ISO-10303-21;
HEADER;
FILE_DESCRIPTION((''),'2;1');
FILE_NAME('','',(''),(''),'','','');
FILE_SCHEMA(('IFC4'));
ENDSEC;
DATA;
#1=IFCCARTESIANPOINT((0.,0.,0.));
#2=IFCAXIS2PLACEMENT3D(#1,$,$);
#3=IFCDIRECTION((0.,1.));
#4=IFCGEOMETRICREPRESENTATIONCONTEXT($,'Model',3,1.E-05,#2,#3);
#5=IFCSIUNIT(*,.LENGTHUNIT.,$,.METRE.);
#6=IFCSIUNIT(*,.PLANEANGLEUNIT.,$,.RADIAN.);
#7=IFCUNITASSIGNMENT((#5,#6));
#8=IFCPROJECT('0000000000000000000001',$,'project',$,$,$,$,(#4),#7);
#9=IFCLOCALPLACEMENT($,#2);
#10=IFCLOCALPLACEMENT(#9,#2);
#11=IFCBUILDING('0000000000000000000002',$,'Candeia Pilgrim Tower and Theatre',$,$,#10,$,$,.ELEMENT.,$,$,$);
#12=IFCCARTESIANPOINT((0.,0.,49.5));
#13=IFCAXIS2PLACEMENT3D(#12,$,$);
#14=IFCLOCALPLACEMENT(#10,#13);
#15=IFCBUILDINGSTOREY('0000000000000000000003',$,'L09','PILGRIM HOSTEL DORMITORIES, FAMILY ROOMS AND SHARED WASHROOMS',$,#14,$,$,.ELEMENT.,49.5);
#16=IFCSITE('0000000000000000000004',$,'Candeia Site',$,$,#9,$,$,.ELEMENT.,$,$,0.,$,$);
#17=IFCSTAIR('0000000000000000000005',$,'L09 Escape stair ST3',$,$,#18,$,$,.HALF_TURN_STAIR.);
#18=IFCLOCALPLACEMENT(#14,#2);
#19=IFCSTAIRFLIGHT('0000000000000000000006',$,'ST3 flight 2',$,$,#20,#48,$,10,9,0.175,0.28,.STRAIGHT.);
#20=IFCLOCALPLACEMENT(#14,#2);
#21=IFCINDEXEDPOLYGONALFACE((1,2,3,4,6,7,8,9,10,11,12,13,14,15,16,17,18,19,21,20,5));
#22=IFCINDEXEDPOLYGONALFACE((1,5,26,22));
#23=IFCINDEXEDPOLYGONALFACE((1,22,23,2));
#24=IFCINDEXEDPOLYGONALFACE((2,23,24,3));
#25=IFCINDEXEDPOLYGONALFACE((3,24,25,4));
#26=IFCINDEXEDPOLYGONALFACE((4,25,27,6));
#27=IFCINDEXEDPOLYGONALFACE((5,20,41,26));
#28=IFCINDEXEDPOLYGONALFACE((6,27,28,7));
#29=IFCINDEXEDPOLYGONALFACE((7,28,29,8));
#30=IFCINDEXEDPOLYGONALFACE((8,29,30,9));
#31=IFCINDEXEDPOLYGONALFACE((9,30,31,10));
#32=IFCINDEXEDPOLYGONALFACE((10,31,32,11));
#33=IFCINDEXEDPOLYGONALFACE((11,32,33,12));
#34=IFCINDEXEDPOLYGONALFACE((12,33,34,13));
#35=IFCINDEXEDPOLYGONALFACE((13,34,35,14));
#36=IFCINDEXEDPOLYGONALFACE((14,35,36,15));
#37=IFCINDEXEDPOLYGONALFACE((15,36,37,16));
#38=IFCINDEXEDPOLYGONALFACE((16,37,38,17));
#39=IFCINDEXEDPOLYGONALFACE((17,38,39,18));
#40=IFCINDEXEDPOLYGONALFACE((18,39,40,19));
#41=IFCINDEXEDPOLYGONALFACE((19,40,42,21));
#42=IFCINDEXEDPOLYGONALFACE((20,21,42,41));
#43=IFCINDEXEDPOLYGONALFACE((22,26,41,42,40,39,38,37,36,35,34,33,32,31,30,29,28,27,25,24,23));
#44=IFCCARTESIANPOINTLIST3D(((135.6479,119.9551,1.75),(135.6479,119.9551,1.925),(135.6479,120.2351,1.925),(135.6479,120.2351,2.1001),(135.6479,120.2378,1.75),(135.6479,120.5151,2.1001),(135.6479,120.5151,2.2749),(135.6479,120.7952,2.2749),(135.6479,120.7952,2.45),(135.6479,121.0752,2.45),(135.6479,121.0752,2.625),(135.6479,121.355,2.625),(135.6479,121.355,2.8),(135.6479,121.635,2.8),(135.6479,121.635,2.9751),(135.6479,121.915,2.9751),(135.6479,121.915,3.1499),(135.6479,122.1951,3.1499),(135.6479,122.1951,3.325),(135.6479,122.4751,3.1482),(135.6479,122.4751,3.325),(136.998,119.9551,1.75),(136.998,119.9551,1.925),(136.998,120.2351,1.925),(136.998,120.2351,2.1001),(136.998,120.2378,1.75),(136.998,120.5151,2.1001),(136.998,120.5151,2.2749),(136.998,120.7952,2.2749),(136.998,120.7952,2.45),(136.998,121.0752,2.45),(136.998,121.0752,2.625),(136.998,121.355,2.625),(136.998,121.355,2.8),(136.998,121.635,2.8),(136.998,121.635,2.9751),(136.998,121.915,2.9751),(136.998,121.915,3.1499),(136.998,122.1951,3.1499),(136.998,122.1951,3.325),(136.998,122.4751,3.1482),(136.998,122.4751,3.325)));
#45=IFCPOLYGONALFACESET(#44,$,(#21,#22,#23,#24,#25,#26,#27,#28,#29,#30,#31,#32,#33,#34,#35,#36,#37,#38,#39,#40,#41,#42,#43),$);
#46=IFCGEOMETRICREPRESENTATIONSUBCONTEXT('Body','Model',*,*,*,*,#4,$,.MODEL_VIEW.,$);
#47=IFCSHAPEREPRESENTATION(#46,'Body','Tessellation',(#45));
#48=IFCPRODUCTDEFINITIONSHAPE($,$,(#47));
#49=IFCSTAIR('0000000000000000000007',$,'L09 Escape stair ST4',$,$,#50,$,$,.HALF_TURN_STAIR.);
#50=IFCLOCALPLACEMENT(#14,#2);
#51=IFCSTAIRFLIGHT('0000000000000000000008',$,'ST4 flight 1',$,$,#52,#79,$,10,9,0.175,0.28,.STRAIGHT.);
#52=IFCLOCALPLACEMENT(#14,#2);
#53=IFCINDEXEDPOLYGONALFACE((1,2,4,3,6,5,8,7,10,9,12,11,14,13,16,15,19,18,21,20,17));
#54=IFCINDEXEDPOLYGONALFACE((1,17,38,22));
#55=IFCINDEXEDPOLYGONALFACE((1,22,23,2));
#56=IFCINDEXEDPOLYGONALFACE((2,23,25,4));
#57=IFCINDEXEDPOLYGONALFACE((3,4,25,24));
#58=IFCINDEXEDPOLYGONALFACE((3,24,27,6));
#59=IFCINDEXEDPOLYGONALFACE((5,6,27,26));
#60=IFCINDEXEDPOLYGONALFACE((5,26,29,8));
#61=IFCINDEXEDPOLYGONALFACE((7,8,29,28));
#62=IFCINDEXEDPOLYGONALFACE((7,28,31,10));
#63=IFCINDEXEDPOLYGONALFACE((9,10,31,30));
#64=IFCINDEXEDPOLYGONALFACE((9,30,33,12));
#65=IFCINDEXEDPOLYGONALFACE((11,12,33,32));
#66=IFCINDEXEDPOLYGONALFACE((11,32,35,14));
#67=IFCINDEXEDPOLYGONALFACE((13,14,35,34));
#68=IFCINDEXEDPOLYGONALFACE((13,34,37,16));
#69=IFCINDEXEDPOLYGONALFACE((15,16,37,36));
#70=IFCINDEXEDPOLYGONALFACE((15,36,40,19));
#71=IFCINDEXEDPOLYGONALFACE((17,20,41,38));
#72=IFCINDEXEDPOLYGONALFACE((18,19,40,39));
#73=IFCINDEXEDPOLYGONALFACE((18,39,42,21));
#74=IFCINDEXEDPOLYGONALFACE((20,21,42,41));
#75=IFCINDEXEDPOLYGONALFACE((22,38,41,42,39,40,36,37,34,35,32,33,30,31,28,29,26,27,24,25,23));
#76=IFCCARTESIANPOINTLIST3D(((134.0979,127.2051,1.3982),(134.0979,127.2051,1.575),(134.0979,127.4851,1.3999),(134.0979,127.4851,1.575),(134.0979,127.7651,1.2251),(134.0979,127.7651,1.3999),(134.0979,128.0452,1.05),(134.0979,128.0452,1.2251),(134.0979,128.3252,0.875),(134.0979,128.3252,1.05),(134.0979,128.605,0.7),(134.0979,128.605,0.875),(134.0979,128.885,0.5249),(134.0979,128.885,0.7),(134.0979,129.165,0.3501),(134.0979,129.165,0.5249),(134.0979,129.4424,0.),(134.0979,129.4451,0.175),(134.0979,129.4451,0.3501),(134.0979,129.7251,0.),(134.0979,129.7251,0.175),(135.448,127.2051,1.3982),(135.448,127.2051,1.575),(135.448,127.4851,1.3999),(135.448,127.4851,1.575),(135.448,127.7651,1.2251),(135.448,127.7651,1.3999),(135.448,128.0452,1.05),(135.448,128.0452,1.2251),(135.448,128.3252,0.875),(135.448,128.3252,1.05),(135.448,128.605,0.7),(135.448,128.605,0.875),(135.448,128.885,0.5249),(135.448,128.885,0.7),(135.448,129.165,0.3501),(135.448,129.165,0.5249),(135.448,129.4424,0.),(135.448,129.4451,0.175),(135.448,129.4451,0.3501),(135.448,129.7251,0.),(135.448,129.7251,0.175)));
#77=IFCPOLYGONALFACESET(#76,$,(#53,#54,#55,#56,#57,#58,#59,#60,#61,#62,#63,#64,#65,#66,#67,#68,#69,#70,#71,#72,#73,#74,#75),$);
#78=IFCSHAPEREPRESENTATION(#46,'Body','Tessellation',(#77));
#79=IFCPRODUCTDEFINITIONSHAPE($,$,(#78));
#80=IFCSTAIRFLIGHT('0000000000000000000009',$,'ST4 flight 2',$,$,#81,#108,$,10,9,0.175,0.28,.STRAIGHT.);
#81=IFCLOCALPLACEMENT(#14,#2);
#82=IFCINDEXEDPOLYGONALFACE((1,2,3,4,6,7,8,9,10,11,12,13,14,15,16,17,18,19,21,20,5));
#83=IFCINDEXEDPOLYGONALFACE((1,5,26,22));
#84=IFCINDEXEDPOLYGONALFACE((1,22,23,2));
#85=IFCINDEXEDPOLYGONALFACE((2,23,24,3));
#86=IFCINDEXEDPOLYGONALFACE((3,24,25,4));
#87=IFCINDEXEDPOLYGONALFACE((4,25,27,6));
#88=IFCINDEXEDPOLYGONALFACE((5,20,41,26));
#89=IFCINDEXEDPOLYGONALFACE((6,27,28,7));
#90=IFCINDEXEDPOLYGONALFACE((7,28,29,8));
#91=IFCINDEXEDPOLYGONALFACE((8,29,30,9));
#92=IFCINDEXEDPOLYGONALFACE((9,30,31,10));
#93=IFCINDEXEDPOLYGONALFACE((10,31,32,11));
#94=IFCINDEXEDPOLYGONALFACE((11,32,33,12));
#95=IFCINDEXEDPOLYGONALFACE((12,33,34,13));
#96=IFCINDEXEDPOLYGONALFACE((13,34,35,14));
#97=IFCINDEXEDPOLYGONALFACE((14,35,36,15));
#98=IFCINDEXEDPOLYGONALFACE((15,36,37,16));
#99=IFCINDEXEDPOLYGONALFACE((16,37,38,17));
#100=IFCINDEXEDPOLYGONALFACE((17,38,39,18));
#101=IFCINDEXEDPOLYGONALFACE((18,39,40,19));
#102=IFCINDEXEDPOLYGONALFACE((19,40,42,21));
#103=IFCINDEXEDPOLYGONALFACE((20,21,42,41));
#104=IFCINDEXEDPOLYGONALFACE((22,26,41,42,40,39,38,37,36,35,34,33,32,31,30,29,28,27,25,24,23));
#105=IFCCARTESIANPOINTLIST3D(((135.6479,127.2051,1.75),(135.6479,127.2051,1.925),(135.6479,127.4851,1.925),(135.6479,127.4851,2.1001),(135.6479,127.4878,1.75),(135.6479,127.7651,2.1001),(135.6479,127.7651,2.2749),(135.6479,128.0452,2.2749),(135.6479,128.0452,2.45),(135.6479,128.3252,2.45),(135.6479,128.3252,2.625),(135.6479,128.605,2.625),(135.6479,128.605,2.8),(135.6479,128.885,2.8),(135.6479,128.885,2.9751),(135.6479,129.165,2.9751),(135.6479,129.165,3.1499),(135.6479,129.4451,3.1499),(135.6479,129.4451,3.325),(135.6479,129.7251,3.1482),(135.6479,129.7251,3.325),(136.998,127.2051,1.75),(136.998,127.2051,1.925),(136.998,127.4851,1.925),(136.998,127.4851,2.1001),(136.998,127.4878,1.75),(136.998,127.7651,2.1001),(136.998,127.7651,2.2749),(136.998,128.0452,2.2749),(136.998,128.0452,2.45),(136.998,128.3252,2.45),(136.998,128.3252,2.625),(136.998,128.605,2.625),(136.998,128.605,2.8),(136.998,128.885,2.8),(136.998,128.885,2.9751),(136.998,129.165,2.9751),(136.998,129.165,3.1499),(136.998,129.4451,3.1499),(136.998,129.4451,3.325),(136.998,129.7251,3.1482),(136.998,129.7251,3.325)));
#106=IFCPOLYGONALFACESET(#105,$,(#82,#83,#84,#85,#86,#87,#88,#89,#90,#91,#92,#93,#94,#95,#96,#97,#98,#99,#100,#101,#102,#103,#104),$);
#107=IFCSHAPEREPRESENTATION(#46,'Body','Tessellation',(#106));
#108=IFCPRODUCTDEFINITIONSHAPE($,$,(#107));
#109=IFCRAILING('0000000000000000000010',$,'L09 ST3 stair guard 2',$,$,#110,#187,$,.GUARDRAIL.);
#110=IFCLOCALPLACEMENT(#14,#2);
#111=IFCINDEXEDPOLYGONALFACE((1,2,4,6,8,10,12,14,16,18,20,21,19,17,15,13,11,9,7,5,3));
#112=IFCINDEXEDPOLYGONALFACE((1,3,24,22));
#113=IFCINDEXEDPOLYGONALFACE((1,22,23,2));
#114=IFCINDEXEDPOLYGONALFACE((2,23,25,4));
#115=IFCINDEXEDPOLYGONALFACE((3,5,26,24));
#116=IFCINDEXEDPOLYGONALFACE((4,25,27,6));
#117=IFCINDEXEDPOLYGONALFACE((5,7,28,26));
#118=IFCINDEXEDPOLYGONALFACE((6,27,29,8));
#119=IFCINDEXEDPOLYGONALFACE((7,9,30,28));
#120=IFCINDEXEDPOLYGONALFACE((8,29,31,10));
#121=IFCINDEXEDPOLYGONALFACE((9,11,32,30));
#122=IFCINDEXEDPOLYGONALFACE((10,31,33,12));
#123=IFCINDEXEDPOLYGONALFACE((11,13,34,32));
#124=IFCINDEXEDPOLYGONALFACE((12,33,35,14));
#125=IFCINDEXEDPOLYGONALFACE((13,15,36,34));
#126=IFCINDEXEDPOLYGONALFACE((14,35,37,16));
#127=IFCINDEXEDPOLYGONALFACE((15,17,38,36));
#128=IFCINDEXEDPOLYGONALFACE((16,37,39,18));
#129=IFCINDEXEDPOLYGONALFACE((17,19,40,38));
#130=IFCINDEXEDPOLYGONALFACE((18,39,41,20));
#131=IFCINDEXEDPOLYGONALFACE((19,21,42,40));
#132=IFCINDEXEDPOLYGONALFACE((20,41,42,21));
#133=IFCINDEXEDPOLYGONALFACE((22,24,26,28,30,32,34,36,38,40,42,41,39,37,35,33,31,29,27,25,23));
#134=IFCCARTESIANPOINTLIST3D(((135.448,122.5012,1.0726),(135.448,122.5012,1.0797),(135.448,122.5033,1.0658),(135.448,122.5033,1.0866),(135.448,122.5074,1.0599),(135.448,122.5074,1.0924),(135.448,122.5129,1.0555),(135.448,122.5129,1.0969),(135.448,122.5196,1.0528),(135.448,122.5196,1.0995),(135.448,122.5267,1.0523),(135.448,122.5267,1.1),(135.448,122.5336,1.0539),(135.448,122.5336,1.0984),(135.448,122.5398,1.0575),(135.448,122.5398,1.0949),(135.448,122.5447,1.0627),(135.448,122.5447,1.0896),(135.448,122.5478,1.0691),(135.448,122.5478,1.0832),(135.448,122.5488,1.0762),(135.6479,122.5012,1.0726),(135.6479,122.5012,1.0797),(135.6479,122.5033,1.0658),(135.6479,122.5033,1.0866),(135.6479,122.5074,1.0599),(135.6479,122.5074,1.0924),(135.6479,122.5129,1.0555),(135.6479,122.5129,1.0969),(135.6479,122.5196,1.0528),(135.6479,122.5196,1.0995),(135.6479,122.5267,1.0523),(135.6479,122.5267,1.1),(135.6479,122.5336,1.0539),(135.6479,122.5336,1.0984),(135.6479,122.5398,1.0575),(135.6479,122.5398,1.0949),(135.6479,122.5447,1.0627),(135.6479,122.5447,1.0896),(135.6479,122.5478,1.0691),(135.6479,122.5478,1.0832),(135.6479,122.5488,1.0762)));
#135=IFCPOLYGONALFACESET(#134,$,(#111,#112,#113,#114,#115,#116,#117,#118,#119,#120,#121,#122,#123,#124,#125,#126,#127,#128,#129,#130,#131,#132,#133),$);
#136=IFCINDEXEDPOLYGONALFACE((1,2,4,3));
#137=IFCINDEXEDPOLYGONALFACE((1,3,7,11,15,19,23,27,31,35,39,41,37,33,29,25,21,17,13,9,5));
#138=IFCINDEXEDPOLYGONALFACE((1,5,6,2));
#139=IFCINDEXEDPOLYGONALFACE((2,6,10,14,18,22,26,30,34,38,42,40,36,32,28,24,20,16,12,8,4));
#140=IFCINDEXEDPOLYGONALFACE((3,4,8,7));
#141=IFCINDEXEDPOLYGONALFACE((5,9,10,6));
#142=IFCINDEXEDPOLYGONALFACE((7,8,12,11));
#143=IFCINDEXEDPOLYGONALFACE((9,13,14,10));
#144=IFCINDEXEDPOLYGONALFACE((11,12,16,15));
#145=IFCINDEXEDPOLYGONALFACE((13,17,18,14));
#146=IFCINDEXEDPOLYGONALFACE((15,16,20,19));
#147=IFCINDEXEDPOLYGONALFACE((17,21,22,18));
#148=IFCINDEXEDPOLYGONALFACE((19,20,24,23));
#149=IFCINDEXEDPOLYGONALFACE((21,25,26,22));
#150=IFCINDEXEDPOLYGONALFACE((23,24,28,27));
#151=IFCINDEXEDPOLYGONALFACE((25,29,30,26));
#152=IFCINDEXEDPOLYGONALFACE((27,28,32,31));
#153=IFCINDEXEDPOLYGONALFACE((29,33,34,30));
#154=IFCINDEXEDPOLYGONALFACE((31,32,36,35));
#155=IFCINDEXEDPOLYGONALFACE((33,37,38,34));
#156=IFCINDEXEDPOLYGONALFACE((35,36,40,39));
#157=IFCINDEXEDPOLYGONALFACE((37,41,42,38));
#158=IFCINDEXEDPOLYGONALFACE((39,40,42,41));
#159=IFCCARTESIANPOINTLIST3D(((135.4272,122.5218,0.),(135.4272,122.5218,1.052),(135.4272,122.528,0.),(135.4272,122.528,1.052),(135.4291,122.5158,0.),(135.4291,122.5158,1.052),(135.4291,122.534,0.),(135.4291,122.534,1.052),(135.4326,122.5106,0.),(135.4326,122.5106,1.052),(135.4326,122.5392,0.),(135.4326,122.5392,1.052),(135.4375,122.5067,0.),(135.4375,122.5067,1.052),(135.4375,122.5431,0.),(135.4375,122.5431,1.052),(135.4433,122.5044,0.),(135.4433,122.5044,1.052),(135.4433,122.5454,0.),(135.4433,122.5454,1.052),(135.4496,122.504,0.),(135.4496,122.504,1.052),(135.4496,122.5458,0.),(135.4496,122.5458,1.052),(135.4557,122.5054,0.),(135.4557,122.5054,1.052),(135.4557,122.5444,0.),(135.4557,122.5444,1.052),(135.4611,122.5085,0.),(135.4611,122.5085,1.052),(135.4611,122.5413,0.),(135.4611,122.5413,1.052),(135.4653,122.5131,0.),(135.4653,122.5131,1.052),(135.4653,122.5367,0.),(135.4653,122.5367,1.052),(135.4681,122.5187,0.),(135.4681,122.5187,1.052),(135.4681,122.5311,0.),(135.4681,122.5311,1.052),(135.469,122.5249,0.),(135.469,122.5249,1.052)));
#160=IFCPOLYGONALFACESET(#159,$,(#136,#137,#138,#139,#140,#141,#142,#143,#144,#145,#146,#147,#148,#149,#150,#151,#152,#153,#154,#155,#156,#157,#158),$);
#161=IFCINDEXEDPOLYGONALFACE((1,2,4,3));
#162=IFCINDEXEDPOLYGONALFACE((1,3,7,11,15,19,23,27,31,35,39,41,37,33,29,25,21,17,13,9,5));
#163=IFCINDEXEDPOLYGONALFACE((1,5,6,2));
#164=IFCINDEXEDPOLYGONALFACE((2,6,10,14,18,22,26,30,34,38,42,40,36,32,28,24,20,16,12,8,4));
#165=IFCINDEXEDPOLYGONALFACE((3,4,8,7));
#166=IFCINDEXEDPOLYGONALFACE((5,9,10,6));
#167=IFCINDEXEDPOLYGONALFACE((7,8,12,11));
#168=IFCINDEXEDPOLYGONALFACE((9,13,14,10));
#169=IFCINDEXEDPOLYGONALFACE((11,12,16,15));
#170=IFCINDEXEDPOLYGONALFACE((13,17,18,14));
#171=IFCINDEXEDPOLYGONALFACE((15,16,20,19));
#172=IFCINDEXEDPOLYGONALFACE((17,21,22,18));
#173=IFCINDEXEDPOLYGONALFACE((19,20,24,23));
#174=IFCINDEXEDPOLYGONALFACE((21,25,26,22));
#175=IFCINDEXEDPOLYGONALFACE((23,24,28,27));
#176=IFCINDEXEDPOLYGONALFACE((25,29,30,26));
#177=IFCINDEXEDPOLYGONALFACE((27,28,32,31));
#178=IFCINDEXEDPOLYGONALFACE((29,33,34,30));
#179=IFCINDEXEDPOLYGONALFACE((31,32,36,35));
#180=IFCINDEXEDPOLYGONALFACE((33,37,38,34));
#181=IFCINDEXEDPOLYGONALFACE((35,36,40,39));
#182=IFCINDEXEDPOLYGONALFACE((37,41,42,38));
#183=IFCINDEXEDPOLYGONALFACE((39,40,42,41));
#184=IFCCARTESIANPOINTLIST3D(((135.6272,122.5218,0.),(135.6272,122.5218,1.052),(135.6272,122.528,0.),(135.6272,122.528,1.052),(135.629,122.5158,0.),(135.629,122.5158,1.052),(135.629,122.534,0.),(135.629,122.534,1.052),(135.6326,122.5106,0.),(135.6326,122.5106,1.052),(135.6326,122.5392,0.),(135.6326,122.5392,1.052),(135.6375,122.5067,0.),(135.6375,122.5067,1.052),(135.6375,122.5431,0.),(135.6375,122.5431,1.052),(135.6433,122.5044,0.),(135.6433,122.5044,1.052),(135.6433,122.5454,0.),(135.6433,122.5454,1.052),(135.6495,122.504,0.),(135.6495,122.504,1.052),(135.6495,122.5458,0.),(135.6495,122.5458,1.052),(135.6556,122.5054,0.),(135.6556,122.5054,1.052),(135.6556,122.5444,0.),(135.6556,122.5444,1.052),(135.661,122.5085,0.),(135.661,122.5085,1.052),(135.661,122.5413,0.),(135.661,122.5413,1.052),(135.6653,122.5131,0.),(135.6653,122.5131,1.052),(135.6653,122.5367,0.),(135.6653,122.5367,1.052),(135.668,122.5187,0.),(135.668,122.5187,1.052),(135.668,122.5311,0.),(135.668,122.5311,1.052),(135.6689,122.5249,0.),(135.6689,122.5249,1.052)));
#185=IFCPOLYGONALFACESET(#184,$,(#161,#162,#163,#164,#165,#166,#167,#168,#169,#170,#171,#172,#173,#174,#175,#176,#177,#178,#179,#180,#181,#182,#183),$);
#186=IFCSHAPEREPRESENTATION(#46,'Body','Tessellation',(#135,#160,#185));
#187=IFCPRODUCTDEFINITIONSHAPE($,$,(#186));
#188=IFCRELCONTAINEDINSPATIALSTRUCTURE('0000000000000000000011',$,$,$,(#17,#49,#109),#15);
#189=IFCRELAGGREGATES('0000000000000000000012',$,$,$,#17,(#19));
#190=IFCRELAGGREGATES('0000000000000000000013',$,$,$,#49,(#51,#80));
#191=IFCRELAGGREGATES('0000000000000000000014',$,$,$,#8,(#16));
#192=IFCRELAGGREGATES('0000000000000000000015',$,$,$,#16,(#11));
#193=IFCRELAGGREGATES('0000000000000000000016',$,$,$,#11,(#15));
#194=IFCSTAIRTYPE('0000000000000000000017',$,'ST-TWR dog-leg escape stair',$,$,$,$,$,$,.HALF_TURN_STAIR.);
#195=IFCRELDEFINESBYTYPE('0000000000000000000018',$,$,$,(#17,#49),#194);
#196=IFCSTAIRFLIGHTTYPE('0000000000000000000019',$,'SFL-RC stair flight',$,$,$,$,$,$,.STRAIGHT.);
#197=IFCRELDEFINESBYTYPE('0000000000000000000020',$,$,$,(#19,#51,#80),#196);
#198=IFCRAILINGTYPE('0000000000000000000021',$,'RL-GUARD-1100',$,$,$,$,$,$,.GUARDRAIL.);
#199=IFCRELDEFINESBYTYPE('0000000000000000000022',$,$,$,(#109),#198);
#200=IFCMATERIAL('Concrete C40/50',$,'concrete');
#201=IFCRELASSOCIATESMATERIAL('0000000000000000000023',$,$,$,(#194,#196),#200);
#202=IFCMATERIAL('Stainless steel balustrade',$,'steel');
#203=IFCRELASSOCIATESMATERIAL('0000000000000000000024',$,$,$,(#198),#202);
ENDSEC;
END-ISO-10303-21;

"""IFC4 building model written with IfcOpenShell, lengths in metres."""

from ifc_helpers import new_model, si_unit, direction, frame, origin, origin_2d, place, context, subcontext, project, spatial, polyline, circle, outline, extrude, material, type_object, element, aggregate, save


model = new_model("IFC4")

# Units and contexts
model_context = context("Model", 3, precision=1e-05, world=origin(), true_north=direction((0.0, 1.0)))
body_context = subcontext(model_context, "Body", "Model", "MODEL_VIEW")
ifc_project = project(units=[si_unit("LENGTHUNIT", "METRE"), si_unit("PLANEANGLEUNIT", "RADIAN")], contexts=[model_context])

# Site, building, storey
site_placement = place(None, origin())
site = spatial("IfcSite", under=ifc_project, at=site_placement, Name="Candeia Site", CompositionType="ELEMENT", RefElevation=0.0)
building_placement = place(site_placement, origin())
building = spatial("IfcBuilding", under=site, at=building_placement, Name="Candeia Pilgrim Tower and Theatre", CompositionType="ELEMENT")
storey_placement = place(building_placement, frame((0.0, 0.0, 49.5)))
storey = spatial("IfcBuildingStorey", under=building, at=storey_placement, Name="L09", Description="PILGRIM HOSTEL DORMITORIES, FAMILY ROOMS AND SHARED WASHROOMS", CompositionType="ELEMENT", Elevation=49.5)

# Shared definitions
ifc_material_1 = material(Name="Concrete C40/50", Category="concrete")

# Stairs, stair flights
stair_type = type_object("IfcStairType", Name="ST-TWR dog-leg escape stair", PredefinedType="HALF_TURN_STAIR", material=ifc_material_1)
stair_1_placement = place(storey_placement, origin())
stair_1 = element("IfcStair", 1, at=stair_1_placement, inside=storey, type_object=stair_type, Name="L09 Escape stair ST3", PredefinedType="HALF_TURN_STAIR")
stair_flight_type = type_object("IfcStairFlightType", Name="SFL-RC stair flight", PredefinedType="STRAIGHT", material=ifc_material_1)
stair_flight_1_placement = place(storey_placement, frame((136.323, 119.9551, 1.75), z_axis=(0.0, 0.0, 1.0), x_axis=(0.0, 1.0, 0.0)))
stair_flight_1 = element("IfcStairFlight", 2, at=stair_flight_1_placement, type_object=stair_flight_type, Name="ST3 flight 2", NumberOfRisers=10, NumberOfTreads=9, PredefinedType="STRAIGHT", RiserHeight=0.175, TreadLength=0.28, context=body_context, shape_type="SweptSolid", body=[
    extrude(outline(polyline([(0.0, 0.0), (0.0, 0.175), (0.28, 0.175), (0.28, 0.3501), (0.5601, 0.3501), (0.5601, 0.5249), (0.8401, 0.5249), (0.8401, 0.7), (1.1201, 0.7), (1.1201, 0.875), (1.3999, 0.875), (1.3999, 1.05), (1.6799, 1.05), (1.6799, 1.2251), (1.96, 1.2251), (1.96, 1.3999), (2.24, 1.3999), (2.24, 1.575), (2.52, 1.575), (2.52, 1.75), (2.52, 1.3982), (0.2827, 0.0), (0.0, 0.0)])), frame((0.0, 0.675, 0.0), z_axis=(0.0, -1.0, 0.0), x_axis=(1.0, 0.0, 0.0)), (0.0, 0.0, 1.0), 1.3501),
])
aggregate(stair_1, [stair_flight_1])
stair_2_placement = place(storey_placement, origin())
stair_2 = element("IfcStair", 3, at=stair_2_placement, inside=storey, type_object=stair_type, Name="L09 Escape stair ST4", PredefinedType="HALF_TURN_STAIR")
stair_flight_2_placement = place(storey_placement, frame((134.7729, 129.7251, 0.0), z_axis=(0.0, 0.0, 1.0), x_axis=(0.0, -1.0, 0.0)))
stair_flight_2 = element("IfcStairFlight", 4, at=stair_flight_2_placement, type_object=stair_flight_type, Name="ST4 flight 1", NumberOfRisers=10, NumberOfTreads=9, PredefinedType="STRAIGHT", RiserHeight=0.175, TreadLength=0.28, context=body_context, shape_type="SweptSolid", body=[
    extrude(outline(polyline([(0.0, 0.0), (0.0, 0.175), (0.28, 0.175), (0.28, 0.3501), (0.5601, 0.3501), (0.5601, 0.5249), (0.8401, 0.5249), (0.8401, 0.7), (1.1201, 0.7), (1.1201, 0.875), (1.3999, 0.875), (1.3999, 1.05), (1.6799, 1.05), (1.6799, 1.2251), (1.96, 1.2251), (1.96, 1.3999), (2.24, 1.3999), (2.24, 1.575), (2.52, 1.575), (2.52, 1.75), (2.52, 1.3982), (0.2827, 0.0), (0.0, 0.0)])), frame((0.0, 0.675, 0.0), z_axis=(0.0, -1.0, 0.0), x_axis=(1.0, 0.0, 0.0)), (0.0, 0.0, 1.0), 1.3501),
])
stair_flight_3_placement = place(storey_placement, frame((136.323, 127.2051, 1.75), z_axis=(0.0, 0.0, 1.0), x_axis=(0.0, 1.0, 0.0)))
stair_flight_3 = element("IfcStairFlight", 5, at=stair_flight_3_placement, type_object=stair_flight_type, Name="ST4 flight 2", NumberOfRisers=10, NumberOfTreads=9, PredefinedType="STRAIGHT", RiserHeight=0.175, TreadLength=0.28, context=body_context, shape_type="SweptSolid", body=[
    extrude(outline(polyline([(0.0, 0.0), (0.0, 0.175), (0.28, 0.175), (0.28, 0.3501), (0.5601, 0.3501), (0.5601, 0.5249), (0.8401, 0.5249), (0.8401, 0.7), (1.1201, 0.7), (1.1201, 0.875), (1.3999, 0.875), (1.3999, 1.05), (1.6799, 1.05), (1.6799, 1.2251), (1.96, 1.2251), (1.96, 1.3999), (2.24, 1.3999), (2.24, 1.575), (2.52, 1.575), (2.52, 1.75), (2.52, 1.3982), (0.2827, 0.0), (0.0, 0.0)])), frame((0.0, 0.675, 0.0), z_axis=(0.0, -1.0, 0.0), x_axis=(1.0, 0.0, 0.0)), (0.0, 0.0, 1.0), 1.3501),
])
aggregate(stair_2, [stair_flight_2, stair_flight_3])

# Railing
ifc_material_2 = material(Name="Stainless steel balustrade", Category="steel")
railing_type_1 = type_object("IfcRailingType", Name="RL-GUARD-1100", PredefinedType="GUARDRAIL", material=ifc_material_2)
railing_1_placement = place(storey_placement, frame((135.448, 122.5249, 0.0)))
element("IfcRailing", 6, at=railing_1_placement, inside=storey, type_object=railing_type_1, Name="L09 ST3 stair guard 2", PredefinedType="GUARDRAIL", context=body_context, shape_type="SweptSolid", body=[
    extrude(circle(Radius=0.0239, at=origin_2d()), frame((0.0, 0.0, 1.0762), z_axis=(1.0, 0.0, 0.0), x_axis=(0.0, 1.0, 0.0)), (0.0, 0.0, 1.0), 0.2),
    extrude(circle(Radius=0.021, at=origin_2d()), origin(), (0.0, 0.0, 1.0), 1.052),
    extrude(circle(Radius=0.021, at=origin_2d()), frame((0.2, 0.0, 0.0)), (0.0, 0.0, 1.0), 1.052),
])

save(model, "model.ifc")
